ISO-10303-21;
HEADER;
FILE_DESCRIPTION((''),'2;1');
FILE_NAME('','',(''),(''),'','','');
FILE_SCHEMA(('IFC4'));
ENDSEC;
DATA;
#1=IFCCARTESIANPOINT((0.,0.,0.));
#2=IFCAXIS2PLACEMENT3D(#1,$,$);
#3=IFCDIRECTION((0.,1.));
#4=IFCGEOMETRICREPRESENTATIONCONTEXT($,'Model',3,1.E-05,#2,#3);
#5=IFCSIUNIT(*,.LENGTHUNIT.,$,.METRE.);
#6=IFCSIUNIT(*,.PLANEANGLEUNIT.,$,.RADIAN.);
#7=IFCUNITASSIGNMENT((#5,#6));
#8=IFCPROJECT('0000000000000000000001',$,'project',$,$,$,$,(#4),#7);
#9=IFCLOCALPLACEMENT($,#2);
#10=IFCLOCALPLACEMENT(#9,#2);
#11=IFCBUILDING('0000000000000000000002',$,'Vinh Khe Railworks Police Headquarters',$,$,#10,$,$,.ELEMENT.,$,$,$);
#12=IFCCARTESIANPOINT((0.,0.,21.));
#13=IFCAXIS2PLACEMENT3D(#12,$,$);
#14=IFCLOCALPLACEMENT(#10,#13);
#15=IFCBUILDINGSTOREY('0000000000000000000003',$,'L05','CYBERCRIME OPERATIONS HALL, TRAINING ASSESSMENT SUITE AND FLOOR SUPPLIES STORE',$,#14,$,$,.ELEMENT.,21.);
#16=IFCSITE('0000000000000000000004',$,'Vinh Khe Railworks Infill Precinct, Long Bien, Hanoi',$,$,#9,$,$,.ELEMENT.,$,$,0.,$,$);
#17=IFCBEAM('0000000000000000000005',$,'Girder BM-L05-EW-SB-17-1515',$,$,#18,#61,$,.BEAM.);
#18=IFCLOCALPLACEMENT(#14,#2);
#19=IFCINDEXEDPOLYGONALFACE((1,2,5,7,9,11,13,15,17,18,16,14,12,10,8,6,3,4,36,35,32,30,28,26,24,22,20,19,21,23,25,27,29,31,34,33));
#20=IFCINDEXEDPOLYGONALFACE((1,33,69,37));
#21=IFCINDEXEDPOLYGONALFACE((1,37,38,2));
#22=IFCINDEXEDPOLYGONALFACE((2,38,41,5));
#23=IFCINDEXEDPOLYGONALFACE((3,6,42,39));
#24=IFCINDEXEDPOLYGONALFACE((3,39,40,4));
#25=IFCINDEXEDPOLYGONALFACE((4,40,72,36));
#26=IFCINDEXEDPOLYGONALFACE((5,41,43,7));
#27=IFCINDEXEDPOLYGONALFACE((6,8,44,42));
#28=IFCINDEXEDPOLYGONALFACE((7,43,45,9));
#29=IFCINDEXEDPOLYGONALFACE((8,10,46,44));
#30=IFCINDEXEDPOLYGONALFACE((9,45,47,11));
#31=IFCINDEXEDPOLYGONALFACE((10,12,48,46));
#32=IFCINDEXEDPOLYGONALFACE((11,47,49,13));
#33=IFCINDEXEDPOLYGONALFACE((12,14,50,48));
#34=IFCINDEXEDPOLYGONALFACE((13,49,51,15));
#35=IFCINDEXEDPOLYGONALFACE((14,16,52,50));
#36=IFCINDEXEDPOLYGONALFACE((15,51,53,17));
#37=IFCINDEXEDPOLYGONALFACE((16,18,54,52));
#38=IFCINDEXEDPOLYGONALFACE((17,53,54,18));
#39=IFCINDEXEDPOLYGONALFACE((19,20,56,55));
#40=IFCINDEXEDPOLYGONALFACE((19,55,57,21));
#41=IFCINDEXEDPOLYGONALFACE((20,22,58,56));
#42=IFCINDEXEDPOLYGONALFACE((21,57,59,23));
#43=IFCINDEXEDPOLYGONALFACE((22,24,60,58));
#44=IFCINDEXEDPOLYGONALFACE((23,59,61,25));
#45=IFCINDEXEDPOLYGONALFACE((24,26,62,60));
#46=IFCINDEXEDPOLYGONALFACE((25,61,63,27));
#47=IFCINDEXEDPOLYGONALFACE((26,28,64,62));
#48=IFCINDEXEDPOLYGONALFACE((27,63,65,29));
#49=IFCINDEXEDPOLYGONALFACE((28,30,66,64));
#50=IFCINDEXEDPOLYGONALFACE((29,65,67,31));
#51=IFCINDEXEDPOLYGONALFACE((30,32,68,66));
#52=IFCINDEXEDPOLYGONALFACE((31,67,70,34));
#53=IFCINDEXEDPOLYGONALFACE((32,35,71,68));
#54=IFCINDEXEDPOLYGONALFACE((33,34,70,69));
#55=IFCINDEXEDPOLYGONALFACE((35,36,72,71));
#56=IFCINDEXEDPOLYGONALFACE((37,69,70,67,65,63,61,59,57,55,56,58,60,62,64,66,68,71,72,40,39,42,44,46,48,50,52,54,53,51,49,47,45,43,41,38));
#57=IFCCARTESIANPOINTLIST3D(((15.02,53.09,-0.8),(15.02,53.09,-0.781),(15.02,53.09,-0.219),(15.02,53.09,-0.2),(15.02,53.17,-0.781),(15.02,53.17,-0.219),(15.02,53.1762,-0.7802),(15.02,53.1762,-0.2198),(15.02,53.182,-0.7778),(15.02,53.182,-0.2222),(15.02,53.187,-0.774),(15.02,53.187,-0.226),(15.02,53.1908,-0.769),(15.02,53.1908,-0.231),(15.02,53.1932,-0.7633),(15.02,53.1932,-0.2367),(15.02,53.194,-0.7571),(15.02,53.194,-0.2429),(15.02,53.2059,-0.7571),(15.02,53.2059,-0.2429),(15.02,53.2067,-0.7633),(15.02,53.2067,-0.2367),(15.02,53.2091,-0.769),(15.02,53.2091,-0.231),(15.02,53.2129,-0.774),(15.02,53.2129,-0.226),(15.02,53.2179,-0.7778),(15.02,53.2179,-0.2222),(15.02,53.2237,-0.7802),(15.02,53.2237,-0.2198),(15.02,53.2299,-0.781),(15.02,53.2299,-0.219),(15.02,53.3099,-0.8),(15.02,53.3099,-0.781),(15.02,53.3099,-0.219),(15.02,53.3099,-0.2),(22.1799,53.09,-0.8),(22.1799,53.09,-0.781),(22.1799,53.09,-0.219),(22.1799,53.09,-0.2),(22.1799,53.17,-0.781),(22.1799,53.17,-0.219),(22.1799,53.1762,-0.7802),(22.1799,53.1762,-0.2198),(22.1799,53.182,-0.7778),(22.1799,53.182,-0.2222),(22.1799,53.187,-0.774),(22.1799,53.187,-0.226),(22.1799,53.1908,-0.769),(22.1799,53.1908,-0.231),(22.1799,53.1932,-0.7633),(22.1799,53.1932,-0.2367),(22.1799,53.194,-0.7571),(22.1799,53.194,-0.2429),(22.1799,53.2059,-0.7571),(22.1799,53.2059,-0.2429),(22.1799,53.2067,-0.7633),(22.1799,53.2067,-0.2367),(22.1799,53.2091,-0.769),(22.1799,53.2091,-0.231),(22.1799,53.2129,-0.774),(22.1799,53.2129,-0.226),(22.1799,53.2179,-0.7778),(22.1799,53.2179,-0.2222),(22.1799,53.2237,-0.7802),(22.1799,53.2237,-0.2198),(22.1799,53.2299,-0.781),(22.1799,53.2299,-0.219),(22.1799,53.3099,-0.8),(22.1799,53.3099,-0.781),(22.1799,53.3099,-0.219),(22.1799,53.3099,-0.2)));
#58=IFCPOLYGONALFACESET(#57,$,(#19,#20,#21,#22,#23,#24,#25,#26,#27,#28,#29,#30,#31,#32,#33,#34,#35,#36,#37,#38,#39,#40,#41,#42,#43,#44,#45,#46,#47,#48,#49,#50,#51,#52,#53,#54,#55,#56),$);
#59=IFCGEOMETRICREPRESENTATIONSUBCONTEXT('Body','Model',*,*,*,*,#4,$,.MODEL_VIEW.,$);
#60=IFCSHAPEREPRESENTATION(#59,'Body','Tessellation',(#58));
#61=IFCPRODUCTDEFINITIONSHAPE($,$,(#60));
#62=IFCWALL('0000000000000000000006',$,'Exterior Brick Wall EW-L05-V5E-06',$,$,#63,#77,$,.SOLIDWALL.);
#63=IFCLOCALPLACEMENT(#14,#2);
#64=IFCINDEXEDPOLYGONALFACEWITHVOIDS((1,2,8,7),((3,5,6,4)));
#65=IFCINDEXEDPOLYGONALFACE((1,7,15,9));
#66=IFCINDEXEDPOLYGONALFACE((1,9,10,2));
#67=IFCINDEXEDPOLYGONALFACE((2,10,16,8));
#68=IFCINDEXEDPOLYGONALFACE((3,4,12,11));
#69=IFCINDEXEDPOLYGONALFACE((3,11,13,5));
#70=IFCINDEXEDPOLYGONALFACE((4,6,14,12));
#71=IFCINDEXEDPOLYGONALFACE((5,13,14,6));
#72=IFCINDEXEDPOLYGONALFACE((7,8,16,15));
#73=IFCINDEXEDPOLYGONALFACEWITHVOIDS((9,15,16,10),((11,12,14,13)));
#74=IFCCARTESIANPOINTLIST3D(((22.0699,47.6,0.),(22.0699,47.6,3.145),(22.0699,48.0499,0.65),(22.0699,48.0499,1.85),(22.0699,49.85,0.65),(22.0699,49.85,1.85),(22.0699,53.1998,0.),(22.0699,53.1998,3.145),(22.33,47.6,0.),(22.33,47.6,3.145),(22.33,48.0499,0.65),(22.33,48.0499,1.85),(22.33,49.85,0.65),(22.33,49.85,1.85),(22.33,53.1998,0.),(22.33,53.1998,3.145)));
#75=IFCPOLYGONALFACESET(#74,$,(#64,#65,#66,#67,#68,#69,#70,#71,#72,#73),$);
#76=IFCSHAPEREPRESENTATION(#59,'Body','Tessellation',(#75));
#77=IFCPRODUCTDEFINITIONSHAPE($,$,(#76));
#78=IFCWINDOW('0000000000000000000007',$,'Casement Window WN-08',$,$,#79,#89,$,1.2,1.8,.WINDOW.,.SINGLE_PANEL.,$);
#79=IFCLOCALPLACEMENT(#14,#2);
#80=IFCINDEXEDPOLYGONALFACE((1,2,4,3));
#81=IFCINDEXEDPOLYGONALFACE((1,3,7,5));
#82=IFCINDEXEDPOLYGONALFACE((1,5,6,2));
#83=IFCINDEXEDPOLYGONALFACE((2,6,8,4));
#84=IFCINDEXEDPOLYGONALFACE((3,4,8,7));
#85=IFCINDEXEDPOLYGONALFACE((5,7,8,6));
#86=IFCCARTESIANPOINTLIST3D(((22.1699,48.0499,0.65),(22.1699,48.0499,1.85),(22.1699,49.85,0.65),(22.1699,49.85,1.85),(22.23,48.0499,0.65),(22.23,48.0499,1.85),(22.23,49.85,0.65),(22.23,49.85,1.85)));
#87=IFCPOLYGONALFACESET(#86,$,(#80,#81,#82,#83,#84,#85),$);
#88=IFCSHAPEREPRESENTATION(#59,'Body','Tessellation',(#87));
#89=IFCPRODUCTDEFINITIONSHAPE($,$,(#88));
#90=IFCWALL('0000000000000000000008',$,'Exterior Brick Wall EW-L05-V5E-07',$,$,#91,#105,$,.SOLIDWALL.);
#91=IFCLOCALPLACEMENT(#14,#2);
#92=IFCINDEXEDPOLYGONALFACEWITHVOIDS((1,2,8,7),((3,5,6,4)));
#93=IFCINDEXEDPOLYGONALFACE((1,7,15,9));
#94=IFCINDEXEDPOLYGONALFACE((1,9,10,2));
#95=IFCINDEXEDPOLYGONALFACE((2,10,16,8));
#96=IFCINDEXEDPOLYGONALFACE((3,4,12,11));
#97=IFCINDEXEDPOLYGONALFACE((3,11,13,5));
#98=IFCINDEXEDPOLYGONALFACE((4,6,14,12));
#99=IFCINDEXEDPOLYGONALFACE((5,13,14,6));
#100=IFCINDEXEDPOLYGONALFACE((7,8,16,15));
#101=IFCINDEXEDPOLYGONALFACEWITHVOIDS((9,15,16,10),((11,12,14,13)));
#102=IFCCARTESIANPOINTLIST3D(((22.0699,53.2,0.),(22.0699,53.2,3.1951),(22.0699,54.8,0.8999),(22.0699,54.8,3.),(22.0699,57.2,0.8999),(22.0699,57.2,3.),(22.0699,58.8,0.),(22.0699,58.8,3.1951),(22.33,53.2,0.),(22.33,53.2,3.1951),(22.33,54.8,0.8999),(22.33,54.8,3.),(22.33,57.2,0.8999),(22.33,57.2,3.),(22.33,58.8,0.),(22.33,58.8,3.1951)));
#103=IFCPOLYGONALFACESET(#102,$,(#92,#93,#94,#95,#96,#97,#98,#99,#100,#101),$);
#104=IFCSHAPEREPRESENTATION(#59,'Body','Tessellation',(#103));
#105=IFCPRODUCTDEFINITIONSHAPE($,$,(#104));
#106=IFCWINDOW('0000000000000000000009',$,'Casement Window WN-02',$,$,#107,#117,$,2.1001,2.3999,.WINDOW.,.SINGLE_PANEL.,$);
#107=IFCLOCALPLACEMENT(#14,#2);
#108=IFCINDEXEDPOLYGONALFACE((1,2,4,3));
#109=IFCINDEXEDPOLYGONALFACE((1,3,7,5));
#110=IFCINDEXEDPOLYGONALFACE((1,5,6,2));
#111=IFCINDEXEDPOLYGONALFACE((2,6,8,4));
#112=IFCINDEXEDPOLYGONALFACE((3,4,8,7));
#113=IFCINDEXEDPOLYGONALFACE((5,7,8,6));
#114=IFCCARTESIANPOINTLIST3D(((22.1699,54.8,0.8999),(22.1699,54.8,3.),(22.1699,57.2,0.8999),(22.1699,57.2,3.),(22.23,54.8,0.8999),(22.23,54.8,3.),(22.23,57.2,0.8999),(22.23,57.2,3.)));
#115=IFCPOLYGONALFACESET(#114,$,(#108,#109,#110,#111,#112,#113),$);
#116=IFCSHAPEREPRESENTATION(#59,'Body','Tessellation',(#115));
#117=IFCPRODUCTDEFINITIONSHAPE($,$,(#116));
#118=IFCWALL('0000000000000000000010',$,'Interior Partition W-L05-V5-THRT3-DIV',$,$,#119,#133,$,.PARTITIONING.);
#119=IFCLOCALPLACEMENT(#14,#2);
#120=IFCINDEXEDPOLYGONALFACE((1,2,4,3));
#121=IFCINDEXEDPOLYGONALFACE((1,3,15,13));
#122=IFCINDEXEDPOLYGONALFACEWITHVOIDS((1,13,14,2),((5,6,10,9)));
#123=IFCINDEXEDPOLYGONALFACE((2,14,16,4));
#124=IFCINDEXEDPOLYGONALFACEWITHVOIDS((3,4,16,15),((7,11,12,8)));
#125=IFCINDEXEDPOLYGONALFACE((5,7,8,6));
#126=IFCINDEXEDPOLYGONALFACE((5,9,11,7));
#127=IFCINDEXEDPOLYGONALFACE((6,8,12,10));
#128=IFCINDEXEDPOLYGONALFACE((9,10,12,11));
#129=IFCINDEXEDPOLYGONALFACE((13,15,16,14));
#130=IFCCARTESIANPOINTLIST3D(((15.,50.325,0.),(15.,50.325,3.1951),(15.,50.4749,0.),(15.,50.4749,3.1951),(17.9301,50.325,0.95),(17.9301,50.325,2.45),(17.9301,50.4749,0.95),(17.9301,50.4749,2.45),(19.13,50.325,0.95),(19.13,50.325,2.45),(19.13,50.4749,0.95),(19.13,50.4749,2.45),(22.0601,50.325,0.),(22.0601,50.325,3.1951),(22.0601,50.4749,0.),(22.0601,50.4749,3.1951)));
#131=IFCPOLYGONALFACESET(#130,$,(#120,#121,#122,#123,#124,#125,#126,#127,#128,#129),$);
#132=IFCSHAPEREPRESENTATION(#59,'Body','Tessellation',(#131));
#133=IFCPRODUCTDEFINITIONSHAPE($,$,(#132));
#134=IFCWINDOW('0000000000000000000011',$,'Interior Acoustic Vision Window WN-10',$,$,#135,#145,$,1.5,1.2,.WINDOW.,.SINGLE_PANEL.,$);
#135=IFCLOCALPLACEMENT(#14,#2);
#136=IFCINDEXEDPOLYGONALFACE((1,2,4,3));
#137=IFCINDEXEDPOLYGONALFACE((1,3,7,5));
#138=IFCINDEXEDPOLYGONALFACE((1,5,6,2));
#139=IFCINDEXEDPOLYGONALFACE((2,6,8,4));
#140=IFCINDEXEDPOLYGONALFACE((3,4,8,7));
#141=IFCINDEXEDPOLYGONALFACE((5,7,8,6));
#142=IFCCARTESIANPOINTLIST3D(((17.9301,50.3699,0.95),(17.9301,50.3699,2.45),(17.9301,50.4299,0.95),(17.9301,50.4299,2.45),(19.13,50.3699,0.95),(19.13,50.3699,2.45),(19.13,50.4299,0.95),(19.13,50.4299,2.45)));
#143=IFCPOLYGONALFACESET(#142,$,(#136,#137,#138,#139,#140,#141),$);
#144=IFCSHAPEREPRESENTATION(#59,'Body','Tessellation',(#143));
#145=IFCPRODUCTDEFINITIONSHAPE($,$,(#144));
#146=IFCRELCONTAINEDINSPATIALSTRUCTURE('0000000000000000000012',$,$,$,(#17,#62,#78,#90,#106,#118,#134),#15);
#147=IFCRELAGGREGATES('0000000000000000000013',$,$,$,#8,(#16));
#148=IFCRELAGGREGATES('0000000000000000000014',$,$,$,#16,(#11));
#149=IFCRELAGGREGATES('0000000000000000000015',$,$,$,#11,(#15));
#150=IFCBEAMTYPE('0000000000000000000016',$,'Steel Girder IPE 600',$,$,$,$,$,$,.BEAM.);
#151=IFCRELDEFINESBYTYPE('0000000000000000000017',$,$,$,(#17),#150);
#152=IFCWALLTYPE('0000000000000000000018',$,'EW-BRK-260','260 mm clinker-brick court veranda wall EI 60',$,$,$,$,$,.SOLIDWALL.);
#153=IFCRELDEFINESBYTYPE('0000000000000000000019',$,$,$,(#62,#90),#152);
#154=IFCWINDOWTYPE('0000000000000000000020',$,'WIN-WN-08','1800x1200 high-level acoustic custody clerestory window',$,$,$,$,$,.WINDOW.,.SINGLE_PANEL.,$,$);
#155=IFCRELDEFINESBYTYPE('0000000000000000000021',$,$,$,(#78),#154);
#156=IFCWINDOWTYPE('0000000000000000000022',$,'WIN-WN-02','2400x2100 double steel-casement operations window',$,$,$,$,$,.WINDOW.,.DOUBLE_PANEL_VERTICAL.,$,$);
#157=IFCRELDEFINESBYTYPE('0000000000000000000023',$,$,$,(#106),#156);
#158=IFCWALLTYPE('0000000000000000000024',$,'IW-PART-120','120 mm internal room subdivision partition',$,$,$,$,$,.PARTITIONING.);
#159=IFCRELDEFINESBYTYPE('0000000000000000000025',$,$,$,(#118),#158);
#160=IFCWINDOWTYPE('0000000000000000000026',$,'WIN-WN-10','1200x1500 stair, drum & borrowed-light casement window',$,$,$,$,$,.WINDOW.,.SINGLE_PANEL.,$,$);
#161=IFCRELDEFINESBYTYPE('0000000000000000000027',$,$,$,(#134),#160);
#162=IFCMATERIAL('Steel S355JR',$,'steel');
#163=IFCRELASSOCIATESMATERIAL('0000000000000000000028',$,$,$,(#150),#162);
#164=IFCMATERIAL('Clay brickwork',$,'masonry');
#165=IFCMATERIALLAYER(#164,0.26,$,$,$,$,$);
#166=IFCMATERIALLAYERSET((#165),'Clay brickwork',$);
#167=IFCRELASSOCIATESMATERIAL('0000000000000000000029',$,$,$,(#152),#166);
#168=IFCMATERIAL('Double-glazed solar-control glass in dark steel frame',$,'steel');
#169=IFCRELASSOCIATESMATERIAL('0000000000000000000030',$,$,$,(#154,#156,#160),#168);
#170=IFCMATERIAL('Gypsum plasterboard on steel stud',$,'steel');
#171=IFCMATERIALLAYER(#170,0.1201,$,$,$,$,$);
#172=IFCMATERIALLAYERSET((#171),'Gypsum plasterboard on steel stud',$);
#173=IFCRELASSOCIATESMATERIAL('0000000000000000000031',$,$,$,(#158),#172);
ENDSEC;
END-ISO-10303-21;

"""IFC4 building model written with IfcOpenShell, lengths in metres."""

from ifc_helpers import new_model, si_unit, direction, frame, frame_2d, origin, origin_2d, place, context, subcontext, project, spatial, rectangle, i_section, extrude, material, layer, layer_set, material_profile, profile_set, type_object, element, fill, save


model = new_model("IFC4")

# Units and contexts
model_context = context("Model", 3, precision=1e-05, world=origin(), true_north=direction((0.0, 1.0)))
body_context = subcontext(model_context, "Body", "Model", "MODEL_VIEW")
ifc_project = project(units=[si_unit("LENGTHUNIT", "METRE"), si_unit("PLANEANGLEUNIT", "RADIAN")], contexts=[model_context])

# Site, building, storey
site_placement = place(None, origin())
site = spatial("IfcSite", under=ifc_project, at=site_placement, Name="Vinh Khe Railworks Infill Precinct, Long Bien, Hanoi", CompositionType="ELEMENT", RefElevation=0.0)
building_placement = place(site_placement, origin())
building = spatial("IfcBuilding", under=site, at=building_placement, Name="Vinh Khe Railworks Police Headquarters", CompositionType="ELEMENT")
storey_placement = place(building_placement, frame((0.0, 0.0, 21.0)))
storey = spatial("IfcBuildingStorey", under=building, at=storey_placement, Name="L05", Description="CYBERCRIME OPERATIONS HALL, TRAINING ASSESSMENT SUITE AND FLOOR SUPPLIES STORE", CompositionType="ELEMENT", Elevation=21.0)

# Shared definitions
ifc_material_1 = material(Name="Steel S355JR", Category="steel")

# Beam
ifc_material_profile_1 = material_profile(ifc_material_1, i_section(OverallWidth=0.22, OverallDepth=0.6001, WebThickness=0.012, FlangeThickness=0.019, FilletRadius=0.0239, at=origin_2d()), Name="IPE 600")
ifc_profile_set_1 = profile_set([ifc_material_profile_1], Name="Steel S355JR")
beam_type_1 = type_object("IfcBeamType", Name="Steel Girder IPE 600", PredefinedType="BEAM", material=ifc_profile_set_1)
beam_1_placement = place(storey_placement, frame((15.02, 53.2, -0.5), z_axis=(1.0, 0.0, 0.0), x_axis=(0.0, 1.0, 0.0)))
element("IfcBeam", 1, at=beam_1_placement, inside=storey, type_object=beam_type_1, Name="Girder BM-L05-EW-SB-17-1515", PredefinedType="BEAM", context=body_context, shape_type="SweptSolid", body=[
    extrude(i_section(OverallWidth=0.22, OverallDepth=0.6001, WebThickness=0.012, FlangeThickness=0.019, FilletRadius=0.0239, at=origin_2d()), origin(), (0.0, 0.0, 1.0), 7.1599),
])

# Walls, openings, windows
ifc_material_2 = material(Name="Clay brickwork", Category="masonry")
ifc_layer_1 = layer(ifc_material_2, 0.26)
ifc_layer_set_1 = layer_set([ifc_layer_1], Name="Clay brickwork")
wall_type_1 = type_object("IfcWallType", Name="EW-BRK-260", Description="260 mm clinker-brick court veranda wall EI 60", PredefinedType="SOLIDWALL", material=ifc_layer_set_1)
wall_1_placement = place(storey_placement, frame((22.2, 47.6001, 0.0), z_axis=(0.0, 0.0, 1.0), x_axis=(0.0, 1.0, 0.0)))
wall_1 = element("IfcWall", 2, at=wall_1_placement, inside=storey, type_object=wall_type_1, Name="Exterior Brick Wall EW-L05-V5E-06", PredefinedType="SOLIDWALL", context=body_context, shape_type="SweptSolid", body=[
    extrude(rectangle(XDim=5.5999, YDim=0.26, at=frame_2d((2.7998, 0.0))), origin(), (0.0, 0.0, 1.0), 3.145),
])
opening_1_placement = place(wall_1_placement, frame((0.45, 0.0, 0.6499)))
opening_1 = element("IfcOpeningElement", 3, at=opening_1_placement, cuts=wall_1, PredefinedType="OPENING", context=body_context, shape_type="SweptSolid", body=[
    extrude(rectangle(XDim=1.8, YDim=1.2, at=frame_2d((0.8999, 0.6001))), frame((0.0, 0.145, 0.0), z_axis=(0.0, -1.0, 0.0), x_axis=(1.0, 0.0, 0.0)), (0.0, 0.0, 1.0), 0.2898),
])
ifc_material_3 = material(Name="Double-glazed solar-control glass in dark steel frame", Category="steel")
window_type_1 = type_object("IfcWindowType", Name="WIN-WN-08", Description="1800x1200 high-level acoustic custody clerestory window", PartitioningType="SINGLE_PANEL", PredefinedType="WINDOW", material=ifc_material_3)
window_1_placement = place(opening_1_placement, origin())
window_1 = element("IfcWindow", 4, at=window_1_placement, inside=storey, type_object=window_type_1, Name="Casement Window WN-08", OverallHeight=1.2, OverallWidth=1.8, PartitioningType="SINGLE_PANEL", PredefinedType="WINDOW", context=body_context, shape_type="SweptSolid", body=[
    extrude(rectangle(XDim=1.8, YDim=1.2, at=frame_2d((0.8999, 0.6001))), frame((0.0, 0.03, 0.0), z_axis=(0.0, -1.0, 0.0), x_axis=(1.0, 0.0, 0.0)), (0.0, 0.0, 1.0), 0.0601),
])
fill(opening_1, window_1)
wall_2_placement = place(storey_placement, frame((22.2, 53.2, 0.0), z_axis=(0.0, 0.0, 1.0), x_axis=(0.0, 1.0, 0.0)))
wall_2 = element("IfcWall", 5, at=wall_2_placement, inside=storey, type_object=wall_type_1, Name="Exterior Brick Wall EW-L05-V5E-07", PredefinedType="SOLIDWALL", context=body_context, shape_type="SweptSolid", body=[
    extrude(rectangle(XDim=5.6001, YDim=0.26, at=frame_2d((2.8, 0.0))), origin(), (0.0, 0.0, 1.0), 3.1951),
])
opening_2_placement = place(wall_2_placement, frame((1.6001, 0.0, 0.8999)))
opening_2 = element("IfcOpeningElement", 6, at=opening_2_placement, cuts=wall_2, PredefinedType="OPENING", context=body_context, shape_type="SweptSolid", body=[
    extrude(rectangle(XDim=2.3999, YDim=2.1001, at=frame_2d((1.2, 1.05))), frame((0.0, 0.145, 0.0), z_axis=(0.0, -1.0, 0.0), x_axis=(1.0, 0.0, 0.0)), (0.0, 0.0, 1.0), 0.2898),
])
window_type_2 = type_object("IfcWindowType", Name="WIN-WN-02", Description="2400x2100 double steel-casement operations window", PartitioningType="DOUBLE_PANEL_VERTICAL", PredefinedType="WINDOW", material=ifc_material_3)
window_2_placement = place(opening_2_placement, origin())
window_2 = element("IfcWindow", 7, at=window_2_placement, inside=storey, type_object=window_type_2, Name="Casement Window WN-02", OverallHeight=2.1001, OverallWidth=2.3999, PartitioningType="SINGLE_PANEL", PredefinedType="WINDOW", context=body_context, shape_type="SweptSolid", body=[
    extrude(rectangle(XDim=2.3999, YDim=2.1001, at=frame_2d((1.2, 1.05))), frame((0.0, 0.03, 0.0), z_axis=(0.0, -1.0, 0.0), x_axis=(1.0, 0.0, 0.0)), (0.0, 0.0, 1.0), 0.0601),
])
fill(opening_2, window_2)
ifc_material_4 = material(Name="Gypsum plasterboard on steel stud", Category="steel")
ifc_layer_2 = layer(ifc_material_4, 0.1201)
ifc_layer_set_2 = layer_set([ifc_layer_2], Name="Gypsum plasterboard on steel stud")
wall_type_2 = type_object("IfcWallType", Name="IW-PART-120", Description="120 mm internal room subdivision partition", PredefinedType="PARTITIONING", material=ifc_layer_set_2)
wall_3_placement = place(storey_placement, frame((15.0, 50.3999, 0.0), z_axis=(0.0, 0.0, 1.0), x_axis=(1.0, 0.0, 0.0)))
wall_3 = element("IfcWall", 8, at=wall_3_placement, inside=storey, type_object=wall_type_2, Name="Interior Partition W-L05-V5-THRT3-DIV", PredefinedType="PARTITIONING", context=body_context, shape_type="SweptSolid", body=[
    extrude(rectangle(XDim=7.0601, YDim=0.1499, at=frame_2d((3.53, 0.0))), origin(), (0.0, 0.0, 1.0), 3.1951),
])
opening_3_placement = place(wall_3_placement, frame((2.9299, 0.0, 0.95)))
opening_3 = element("IfcOpeningElement", 9, at=opening_3_placement, cuts=wall_3, PredefinedType="OPENING", context=body_context, shape_type="SweptSolid", body=[
    extrude(rectangle(XDim=1.2, YDim=1.5, at=frame_2d((0.6001, 0.75))), frame((0.0, 0.0898, 0.0), z_axis=(0.0, -1.0, 0.0), x_axis=(1.0, 0.0, 0.0)), (0.0, 0.0, 1.0), 0.1797),
])
window_type_3 = type_object("IfcWindowType", Name="WIN-WN-10", Description="1200x1500 stair, drum & borrowed-light casement window", PartitioningType="SINGLE_PANEL", PredefinedType="WINDOW", material=ifc_material_3)
window_3_placement = place(opening_3_placement, origin())
window_3 = element("IfcWindow", 10, at=window_3_placement, inside=storey, type_object=window_type_3, Name="Interior Acoustic Vision Window WN-10", OverallHeight=1.5, OverallWidth=1.2, PartitioningType="SINGLE_PANEL", PredefinedType="WINDOW", context=body_context, shape_type="SweptSolid", body=[
    extrude(rectangle(XDim=1.2, YDim=1.5, at=frame_2d((0.6001, 0.75))), frame((0.0, 0.03, 0.0), z_axis=(0.0, -1.0, 0.0), x_axis=(1.0, 0.0, 0.0)), (0.0, 0.0, 1.0), 0.0601),
])
fill(opening_3, window_3)

save(model, "model.ifc")
